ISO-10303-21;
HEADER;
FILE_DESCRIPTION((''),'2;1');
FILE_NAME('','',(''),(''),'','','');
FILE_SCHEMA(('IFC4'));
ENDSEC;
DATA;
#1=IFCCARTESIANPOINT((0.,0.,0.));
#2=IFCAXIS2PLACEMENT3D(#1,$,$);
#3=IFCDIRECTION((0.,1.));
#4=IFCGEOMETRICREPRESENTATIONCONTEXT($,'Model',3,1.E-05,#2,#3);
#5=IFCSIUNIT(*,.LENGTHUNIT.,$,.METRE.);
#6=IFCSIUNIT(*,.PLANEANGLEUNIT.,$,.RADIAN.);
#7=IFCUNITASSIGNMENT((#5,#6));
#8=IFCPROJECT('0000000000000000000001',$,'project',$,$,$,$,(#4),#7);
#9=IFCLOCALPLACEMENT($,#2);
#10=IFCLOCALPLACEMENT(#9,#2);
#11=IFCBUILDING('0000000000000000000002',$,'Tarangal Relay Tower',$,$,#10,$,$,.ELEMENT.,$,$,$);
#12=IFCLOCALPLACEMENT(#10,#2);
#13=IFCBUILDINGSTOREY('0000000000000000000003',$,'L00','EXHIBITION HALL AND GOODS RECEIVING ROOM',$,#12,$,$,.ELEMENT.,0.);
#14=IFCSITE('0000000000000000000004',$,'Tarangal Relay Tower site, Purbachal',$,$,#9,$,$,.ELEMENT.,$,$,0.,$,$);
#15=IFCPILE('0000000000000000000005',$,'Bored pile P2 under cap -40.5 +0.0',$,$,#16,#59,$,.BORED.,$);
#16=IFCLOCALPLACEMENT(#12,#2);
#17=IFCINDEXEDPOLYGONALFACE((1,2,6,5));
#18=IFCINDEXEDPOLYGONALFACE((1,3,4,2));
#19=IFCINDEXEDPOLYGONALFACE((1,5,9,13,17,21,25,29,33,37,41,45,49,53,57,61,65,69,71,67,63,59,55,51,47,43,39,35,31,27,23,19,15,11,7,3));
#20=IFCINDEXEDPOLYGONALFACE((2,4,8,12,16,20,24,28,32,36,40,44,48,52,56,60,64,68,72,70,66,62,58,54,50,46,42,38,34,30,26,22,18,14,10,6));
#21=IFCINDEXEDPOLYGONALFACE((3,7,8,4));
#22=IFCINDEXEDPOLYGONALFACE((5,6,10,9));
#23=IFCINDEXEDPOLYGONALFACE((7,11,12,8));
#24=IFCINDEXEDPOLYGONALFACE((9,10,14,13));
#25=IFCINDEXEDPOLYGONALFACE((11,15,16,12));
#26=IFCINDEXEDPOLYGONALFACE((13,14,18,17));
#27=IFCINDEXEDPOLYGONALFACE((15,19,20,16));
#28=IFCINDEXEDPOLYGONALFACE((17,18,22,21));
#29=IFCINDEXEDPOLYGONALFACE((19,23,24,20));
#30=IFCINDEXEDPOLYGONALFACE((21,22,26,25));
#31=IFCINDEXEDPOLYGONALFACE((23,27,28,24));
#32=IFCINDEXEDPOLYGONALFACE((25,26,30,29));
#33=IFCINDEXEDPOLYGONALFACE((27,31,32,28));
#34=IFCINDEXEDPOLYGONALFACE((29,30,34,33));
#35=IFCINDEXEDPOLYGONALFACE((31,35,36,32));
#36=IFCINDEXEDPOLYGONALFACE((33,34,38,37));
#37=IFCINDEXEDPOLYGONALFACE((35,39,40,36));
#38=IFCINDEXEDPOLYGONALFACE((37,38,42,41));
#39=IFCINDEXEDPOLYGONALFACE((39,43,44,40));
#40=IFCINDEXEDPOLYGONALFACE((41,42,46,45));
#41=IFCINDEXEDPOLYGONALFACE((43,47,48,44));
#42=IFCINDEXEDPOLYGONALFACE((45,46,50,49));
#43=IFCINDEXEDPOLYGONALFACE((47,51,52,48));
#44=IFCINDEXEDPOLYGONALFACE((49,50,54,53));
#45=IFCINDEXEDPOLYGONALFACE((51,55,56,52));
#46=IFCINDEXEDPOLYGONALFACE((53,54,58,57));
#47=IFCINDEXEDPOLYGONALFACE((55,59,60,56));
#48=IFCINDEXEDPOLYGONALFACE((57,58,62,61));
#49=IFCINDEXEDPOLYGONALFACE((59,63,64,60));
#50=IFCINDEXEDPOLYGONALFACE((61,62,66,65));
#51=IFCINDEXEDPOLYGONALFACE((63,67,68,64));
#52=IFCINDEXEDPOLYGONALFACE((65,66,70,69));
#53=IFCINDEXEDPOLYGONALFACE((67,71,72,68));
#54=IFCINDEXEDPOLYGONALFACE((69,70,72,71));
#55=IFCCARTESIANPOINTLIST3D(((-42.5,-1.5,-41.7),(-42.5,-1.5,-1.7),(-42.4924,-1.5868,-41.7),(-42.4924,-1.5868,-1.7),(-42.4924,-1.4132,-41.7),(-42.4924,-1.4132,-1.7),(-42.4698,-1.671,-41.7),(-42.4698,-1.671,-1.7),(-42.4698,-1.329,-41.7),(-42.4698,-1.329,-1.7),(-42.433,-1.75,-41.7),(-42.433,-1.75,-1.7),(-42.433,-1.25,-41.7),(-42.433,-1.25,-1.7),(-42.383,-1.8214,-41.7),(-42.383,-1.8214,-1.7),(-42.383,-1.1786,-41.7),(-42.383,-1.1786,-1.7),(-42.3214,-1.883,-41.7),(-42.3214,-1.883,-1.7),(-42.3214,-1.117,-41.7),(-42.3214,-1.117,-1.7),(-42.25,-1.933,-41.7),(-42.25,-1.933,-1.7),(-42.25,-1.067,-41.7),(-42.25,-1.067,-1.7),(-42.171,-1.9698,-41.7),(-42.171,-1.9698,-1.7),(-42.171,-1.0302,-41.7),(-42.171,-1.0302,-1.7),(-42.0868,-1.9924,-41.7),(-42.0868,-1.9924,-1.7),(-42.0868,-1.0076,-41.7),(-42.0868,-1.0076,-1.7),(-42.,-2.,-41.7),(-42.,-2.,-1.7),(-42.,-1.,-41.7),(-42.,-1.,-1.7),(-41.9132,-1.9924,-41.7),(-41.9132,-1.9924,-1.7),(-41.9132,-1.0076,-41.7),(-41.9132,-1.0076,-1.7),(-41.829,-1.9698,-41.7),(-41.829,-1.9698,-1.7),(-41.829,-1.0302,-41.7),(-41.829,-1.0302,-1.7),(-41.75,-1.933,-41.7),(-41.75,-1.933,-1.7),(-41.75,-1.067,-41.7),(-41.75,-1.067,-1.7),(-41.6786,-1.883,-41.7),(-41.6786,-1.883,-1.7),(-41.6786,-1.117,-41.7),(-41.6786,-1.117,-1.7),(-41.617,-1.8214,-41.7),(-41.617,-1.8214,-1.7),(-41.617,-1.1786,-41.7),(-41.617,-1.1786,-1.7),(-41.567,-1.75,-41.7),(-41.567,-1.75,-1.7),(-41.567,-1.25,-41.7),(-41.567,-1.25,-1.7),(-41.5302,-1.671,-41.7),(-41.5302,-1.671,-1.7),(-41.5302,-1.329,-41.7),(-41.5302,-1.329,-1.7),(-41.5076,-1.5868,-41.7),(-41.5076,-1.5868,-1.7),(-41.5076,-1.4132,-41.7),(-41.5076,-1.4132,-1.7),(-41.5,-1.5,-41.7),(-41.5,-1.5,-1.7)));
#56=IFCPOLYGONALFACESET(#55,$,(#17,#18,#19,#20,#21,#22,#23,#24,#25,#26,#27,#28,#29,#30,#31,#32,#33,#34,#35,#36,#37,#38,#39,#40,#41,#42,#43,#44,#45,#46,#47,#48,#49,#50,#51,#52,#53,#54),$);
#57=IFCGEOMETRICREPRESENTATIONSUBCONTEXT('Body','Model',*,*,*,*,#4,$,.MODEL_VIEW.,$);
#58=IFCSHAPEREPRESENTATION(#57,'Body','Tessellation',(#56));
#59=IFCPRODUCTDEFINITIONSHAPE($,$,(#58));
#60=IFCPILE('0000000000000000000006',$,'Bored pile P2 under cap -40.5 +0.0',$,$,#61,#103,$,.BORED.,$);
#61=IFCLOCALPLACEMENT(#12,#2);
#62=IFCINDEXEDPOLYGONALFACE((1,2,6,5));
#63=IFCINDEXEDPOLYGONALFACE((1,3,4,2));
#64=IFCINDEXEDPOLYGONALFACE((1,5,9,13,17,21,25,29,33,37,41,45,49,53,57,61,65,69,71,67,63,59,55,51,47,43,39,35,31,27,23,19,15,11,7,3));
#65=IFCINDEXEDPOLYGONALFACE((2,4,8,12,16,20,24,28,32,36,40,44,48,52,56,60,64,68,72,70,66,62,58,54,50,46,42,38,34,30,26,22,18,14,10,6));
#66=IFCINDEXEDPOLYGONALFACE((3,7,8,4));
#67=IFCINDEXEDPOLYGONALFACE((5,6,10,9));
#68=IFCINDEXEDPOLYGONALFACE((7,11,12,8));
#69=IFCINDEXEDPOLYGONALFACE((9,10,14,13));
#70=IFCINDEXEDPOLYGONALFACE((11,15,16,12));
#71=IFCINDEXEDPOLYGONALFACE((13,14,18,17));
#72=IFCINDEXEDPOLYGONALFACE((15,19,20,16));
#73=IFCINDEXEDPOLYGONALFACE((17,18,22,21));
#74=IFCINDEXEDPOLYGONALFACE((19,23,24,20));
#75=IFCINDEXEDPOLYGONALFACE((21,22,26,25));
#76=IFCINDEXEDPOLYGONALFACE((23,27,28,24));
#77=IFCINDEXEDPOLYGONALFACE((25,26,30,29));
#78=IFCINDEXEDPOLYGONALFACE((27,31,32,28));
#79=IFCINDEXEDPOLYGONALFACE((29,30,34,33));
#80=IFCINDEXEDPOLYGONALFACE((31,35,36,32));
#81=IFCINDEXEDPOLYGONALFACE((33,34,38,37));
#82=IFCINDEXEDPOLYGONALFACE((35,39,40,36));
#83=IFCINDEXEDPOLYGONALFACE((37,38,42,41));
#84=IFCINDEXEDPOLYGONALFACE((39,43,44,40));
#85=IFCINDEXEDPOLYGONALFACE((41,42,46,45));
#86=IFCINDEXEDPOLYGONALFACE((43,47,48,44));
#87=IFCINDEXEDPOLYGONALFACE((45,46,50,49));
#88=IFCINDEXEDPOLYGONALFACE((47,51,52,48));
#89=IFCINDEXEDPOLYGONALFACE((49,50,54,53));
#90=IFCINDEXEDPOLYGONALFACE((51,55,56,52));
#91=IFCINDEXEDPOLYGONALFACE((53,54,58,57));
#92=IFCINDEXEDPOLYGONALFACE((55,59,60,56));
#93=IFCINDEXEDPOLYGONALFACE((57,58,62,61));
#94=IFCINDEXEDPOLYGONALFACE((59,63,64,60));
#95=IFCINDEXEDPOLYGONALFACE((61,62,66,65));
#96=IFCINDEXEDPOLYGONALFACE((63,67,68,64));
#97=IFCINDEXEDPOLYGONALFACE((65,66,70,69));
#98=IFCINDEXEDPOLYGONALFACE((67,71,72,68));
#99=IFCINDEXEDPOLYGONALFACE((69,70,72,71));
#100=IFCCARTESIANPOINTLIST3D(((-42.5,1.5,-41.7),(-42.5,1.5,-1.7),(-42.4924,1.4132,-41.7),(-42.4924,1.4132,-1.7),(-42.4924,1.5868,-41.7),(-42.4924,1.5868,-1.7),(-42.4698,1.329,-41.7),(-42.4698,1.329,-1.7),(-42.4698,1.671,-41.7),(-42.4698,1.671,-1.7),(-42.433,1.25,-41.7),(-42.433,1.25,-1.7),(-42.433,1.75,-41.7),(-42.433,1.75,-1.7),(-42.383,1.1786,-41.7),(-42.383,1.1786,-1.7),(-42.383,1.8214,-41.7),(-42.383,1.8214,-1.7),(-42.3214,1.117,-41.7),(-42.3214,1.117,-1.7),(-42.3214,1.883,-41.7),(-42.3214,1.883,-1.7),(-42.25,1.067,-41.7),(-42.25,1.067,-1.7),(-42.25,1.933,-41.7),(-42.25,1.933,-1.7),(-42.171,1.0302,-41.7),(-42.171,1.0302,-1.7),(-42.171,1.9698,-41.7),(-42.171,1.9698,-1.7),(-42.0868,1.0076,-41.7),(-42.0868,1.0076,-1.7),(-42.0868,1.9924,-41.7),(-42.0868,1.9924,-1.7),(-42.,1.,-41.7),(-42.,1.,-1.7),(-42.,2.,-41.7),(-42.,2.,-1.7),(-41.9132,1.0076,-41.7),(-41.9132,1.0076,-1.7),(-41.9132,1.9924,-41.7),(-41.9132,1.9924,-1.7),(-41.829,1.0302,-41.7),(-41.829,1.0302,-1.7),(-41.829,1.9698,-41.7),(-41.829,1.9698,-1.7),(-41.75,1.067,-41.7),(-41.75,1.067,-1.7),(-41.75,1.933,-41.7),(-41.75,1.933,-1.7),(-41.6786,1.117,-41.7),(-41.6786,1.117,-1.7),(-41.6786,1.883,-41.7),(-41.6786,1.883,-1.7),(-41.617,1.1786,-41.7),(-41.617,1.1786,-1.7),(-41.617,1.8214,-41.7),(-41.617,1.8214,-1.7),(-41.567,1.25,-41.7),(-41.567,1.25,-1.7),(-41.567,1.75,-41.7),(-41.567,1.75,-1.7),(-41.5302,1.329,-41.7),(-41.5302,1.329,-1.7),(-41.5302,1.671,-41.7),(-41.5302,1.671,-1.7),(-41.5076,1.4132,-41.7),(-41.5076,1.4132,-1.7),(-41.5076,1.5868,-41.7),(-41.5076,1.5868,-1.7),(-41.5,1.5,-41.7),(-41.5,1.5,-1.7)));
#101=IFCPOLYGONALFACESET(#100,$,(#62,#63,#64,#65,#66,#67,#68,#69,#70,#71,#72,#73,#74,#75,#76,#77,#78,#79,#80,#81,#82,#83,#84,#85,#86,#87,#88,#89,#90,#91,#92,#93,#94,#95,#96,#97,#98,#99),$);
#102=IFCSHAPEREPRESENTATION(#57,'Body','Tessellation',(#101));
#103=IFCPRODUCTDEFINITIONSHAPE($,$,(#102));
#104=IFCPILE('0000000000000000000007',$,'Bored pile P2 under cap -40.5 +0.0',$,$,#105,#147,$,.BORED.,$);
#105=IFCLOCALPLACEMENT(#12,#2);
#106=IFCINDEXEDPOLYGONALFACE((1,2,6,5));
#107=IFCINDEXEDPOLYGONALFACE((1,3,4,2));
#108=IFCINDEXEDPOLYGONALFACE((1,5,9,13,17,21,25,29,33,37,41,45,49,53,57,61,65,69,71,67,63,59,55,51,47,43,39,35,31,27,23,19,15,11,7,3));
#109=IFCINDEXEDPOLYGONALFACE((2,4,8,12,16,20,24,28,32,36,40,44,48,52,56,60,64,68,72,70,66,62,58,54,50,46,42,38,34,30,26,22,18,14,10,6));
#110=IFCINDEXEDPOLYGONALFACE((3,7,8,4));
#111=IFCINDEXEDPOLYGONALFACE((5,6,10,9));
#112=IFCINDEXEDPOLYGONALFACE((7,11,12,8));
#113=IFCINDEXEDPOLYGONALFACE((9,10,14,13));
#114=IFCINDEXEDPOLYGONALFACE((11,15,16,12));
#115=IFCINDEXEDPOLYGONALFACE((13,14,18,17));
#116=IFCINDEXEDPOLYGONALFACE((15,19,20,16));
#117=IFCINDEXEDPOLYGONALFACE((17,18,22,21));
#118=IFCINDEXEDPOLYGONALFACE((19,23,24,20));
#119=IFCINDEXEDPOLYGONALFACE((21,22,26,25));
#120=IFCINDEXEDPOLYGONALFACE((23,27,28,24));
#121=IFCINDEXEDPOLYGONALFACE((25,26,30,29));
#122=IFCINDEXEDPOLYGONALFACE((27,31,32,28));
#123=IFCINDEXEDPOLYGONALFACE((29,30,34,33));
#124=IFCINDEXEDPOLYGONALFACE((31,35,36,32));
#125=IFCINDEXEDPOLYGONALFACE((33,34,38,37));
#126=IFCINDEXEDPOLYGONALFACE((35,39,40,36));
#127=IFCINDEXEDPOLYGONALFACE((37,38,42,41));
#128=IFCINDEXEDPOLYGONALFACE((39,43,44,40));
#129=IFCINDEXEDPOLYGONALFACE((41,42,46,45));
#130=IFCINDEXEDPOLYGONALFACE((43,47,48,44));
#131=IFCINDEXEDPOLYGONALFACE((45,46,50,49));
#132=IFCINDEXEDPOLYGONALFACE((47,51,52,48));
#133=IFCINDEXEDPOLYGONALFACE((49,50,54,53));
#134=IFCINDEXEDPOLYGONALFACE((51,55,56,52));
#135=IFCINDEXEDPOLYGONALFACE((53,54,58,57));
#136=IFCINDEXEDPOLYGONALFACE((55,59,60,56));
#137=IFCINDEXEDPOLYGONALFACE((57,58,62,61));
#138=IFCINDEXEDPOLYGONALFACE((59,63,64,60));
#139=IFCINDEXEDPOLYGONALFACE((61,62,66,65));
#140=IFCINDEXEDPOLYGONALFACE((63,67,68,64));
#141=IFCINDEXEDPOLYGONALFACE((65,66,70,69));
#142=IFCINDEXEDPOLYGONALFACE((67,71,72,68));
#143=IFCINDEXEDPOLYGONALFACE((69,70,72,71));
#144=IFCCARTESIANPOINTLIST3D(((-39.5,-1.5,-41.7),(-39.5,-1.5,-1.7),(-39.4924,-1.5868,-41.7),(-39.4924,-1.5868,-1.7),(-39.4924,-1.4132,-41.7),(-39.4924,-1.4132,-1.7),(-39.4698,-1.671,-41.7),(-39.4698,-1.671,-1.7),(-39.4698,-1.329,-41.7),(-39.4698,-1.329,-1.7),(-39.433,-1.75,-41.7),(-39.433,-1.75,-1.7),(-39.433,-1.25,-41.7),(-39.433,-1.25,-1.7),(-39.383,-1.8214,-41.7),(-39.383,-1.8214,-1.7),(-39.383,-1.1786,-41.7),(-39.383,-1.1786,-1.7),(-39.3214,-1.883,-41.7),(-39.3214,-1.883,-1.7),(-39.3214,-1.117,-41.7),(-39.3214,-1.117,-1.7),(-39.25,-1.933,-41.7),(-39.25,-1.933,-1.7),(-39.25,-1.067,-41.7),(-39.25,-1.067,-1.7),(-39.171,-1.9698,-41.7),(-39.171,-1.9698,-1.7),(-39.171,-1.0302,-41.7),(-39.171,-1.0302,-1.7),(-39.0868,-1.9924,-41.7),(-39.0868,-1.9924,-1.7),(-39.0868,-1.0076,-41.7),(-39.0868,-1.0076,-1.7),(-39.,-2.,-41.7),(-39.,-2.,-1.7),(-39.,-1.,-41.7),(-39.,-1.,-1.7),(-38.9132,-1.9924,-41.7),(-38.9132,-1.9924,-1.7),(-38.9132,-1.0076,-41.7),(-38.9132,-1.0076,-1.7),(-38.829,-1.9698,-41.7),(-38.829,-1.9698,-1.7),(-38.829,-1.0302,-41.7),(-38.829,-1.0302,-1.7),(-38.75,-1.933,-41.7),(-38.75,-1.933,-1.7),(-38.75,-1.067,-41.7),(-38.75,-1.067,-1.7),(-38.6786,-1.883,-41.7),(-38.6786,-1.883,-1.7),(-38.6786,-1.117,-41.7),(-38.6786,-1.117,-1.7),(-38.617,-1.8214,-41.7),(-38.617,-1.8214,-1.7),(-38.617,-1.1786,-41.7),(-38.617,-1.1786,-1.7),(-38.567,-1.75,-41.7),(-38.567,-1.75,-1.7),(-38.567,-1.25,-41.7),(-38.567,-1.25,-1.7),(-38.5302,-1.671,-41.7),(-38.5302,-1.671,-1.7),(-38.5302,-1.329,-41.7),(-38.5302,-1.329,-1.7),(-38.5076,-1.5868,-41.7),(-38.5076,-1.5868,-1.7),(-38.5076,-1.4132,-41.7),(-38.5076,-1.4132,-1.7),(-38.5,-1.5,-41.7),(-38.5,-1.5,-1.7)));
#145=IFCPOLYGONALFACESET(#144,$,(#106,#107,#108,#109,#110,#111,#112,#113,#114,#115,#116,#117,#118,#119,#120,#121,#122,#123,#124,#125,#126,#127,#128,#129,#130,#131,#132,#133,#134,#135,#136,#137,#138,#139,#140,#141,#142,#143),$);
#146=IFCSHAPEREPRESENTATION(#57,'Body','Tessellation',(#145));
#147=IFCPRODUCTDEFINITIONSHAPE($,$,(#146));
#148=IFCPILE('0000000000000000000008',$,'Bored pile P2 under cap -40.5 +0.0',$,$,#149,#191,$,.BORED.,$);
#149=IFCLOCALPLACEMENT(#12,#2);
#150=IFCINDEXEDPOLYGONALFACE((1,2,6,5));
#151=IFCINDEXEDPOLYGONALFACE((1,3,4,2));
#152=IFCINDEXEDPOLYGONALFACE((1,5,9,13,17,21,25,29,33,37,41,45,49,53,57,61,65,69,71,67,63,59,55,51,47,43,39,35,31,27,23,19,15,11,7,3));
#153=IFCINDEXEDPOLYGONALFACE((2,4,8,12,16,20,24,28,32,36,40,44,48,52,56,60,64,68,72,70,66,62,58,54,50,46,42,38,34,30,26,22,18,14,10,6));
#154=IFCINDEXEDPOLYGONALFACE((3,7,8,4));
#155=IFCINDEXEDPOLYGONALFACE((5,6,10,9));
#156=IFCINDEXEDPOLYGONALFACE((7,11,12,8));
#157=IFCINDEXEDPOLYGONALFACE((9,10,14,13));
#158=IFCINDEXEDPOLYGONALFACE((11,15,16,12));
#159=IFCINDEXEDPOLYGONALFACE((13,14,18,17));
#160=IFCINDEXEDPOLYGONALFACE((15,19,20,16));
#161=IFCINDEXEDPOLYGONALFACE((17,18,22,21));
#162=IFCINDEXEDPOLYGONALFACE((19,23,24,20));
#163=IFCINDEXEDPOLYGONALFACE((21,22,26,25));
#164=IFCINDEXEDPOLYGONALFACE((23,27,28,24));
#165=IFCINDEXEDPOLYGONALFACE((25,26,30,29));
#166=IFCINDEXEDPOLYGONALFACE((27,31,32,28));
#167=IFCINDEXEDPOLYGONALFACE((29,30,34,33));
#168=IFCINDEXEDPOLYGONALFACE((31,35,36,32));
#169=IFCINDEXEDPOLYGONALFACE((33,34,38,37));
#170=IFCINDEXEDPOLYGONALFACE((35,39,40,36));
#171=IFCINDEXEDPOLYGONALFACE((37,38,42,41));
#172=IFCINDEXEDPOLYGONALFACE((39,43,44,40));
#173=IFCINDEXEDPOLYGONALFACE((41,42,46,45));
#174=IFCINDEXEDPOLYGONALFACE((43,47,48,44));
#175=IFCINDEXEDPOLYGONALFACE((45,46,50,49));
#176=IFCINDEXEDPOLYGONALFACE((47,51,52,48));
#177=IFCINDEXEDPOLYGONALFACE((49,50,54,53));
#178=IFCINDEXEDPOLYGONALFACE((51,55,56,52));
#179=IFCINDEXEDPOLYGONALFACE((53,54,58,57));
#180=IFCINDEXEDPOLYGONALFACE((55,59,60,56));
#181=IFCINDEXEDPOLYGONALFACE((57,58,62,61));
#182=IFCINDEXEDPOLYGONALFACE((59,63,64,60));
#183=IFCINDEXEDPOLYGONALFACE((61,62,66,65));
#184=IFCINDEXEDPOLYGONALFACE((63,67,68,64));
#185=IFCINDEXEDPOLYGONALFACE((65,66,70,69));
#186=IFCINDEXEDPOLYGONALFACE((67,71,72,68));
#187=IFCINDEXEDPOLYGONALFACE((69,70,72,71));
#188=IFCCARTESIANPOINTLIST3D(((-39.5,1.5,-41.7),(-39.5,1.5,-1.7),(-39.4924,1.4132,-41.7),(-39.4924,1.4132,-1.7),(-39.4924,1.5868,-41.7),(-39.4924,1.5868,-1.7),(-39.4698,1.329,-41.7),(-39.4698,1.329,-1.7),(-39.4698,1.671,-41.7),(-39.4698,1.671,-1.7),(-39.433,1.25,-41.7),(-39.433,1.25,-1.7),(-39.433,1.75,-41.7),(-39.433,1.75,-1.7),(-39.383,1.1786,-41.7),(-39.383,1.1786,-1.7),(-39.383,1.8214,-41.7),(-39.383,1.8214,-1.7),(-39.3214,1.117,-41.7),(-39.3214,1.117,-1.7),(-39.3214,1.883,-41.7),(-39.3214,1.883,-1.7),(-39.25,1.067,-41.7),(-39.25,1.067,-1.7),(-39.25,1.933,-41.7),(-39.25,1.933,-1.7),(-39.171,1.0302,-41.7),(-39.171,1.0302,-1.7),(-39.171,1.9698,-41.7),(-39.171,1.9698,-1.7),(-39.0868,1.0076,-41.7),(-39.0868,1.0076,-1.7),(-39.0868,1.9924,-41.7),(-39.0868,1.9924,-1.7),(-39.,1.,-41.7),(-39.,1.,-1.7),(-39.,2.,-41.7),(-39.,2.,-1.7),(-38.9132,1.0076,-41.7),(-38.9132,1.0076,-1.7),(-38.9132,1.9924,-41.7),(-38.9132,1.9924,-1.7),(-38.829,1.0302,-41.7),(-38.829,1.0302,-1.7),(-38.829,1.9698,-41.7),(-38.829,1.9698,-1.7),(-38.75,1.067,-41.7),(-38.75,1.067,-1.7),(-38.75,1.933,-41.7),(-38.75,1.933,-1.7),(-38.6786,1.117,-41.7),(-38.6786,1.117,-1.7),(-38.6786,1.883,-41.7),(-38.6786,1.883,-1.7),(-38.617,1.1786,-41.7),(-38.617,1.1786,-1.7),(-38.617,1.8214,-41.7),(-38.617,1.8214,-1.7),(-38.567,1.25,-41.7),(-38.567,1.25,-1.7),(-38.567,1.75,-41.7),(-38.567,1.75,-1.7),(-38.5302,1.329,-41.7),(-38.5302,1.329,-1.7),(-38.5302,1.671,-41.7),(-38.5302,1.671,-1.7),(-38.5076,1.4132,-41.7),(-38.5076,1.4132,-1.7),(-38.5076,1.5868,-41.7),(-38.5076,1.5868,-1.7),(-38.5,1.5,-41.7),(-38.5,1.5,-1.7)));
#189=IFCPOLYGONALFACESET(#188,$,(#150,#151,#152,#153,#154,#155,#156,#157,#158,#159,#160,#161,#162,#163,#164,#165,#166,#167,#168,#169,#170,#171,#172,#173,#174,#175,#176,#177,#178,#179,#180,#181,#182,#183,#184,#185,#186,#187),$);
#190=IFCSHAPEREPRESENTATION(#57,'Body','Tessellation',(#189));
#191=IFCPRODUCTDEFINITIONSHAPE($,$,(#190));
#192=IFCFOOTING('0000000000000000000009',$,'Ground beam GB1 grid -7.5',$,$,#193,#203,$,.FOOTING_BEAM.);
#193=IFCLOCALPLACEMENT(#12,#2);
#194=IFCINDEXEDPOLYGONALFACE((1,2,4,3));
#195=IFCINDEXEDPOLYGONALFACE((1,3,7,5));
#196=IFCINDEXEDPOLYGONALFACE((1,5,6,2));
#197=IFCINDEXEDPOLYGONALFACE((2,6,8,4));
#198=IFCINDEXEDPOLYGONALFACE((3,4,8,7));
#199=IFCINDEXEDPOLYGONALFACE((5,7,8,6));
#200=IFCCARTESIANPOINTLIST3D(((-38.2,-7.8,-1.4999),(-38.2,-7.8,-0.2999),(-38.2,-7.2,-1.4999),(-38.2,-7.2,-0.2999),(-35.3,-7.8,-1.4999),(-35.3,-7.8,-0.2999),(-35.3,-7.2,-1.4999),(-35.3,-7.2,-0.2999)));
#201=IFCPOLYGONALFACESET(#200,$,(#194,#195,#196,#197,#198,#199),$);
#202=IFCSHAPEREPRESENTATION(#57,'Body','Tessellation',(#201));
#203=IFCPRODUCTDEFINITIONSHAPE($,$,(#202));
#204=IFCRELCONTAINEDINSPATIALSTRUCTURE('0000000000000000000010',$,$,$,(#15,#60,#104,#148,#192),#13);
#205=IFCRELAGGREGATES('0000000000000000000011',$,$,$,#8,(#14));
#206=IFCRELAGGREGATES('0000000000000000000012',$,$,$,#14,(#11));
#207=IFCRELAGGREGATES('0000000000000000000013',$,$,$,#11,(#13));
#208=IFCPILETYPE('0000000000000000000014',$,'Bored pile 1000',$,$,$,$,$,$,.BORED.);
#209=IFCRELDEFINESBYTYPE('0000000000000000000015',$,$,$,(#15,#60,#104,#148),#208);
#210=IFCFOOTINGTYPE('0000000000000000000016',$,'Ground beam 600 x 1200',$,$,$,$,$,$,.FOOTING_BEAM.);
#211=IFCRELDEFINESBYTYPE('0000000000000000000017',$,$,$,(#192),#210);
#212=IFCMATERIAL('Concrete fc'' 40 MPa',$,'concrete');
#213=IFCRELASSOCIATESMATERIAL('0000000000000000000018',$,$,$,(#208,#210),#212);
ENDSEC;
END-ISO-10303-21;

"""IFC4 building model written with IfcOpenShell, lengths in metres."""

from ifc_helpers import new_model, si_unit, direction, frame, origin, origin_2d, place, context, subcontext, project, spatial, rectangle, circle, extrude, material, material_profile, profile_set, type_object, element, save


model = new_model("IFC4")

# Units and contexts
model_context = context("Model", 3, precision=1e-05, world=origin(), true_north=direction((0.0, 1.0)))
body_context = subcontext(model_context, "Body", "Model", "MODEL_VIEW")
ifc_project = project(units=[si_unit("LENGTHUNIT", "METRE"), si_unit("PLANEANGLEUNIT", "RADIAN")], contexts=[model_context])

# Site, building, storey
site_placement = place(None, origin())
site = spatial("IfcSite", under=ifc_project, at=site_placement, Name="Tarangal Relay Tower site, Purbachal", CompositionType="ELEMENT", RefElevation=0.0)
building_placement = place(site_placement, origin())
building = spatial("IfcBuilding", under=site, at=building_placement, Name="Tarangal Relay Tower", CompositionType="ELEMENT")
storey_placement = place(building_placement, origin())
storey = spatial("IfcBuildingStorey", under=building, at=storey_placement, Name="L00", Description="EXHIBITION HALL AND GOODS RECEIVING ROOM", CompositionType="ELEMENT", Elevation=0.0)

# Piles
ifc_material_1 = material(Name="Concrete fc' 40 MPa", Category="concrete")
ifc_material_profile_1 = material_profile(ifc_material_1, circle(Radius=0.5, at=origin_2d()), Name="D1000")
ifc_profile_set_1 = profile_set([ifc_material_profile_1], Name="Concrete fc' 40 MPa")
pile_type = type_object("IfcPileType", Name="Bored pile 1000", PredefinedType="BORED", material=ifc_profile_set_1)
for number, where, z_axis, x_axis, name in (
    (1, (-42.0, -1.5, -1.7), (0.0, 0.0, -1.0), (1.0, 0.0, 0.0), "Bored pile P2 under cap -40.5 +0.0"),
    (2, (-42.0, 1.5, -1.7), (0.0, 0.0, -1.0), (1.0, 0.0, 0.0), "Bored pile P2 under cap -40.5 +0.0"),
    (3, (-39.0, -1.5, -1.7), (0.0, 0.0, -1.0), (1.0, 0.0, 0.0), "Bored pile P2 under cap -40.5 +0.0"),
    (4, (-39.0, 1.5, -1.7), (0.0, 0.0, -1.0), (1.0, 0.0, 0.0), "Bored pile P2 under cap -40.5 +0.0"),
):
    element("IfcPile", number, at=place(storey_placement, frame(where, z_axis=z_axis, x_axis=x_axis)), inside=storey, type_object=pile_type, Name=name, PredefinedType="BORED", context=body_context, shape_type="SweptSolid", body=[
        extrude(circle(Radius=0.5, at=origin_2d()), origin(), (0.0, 0.0, 1.0), 40.0),
    ])

# Footing
ifc_material_profile_2 = material_profile(ifc_material_1, rectangle(XDim=0.6001, YDim=1.2, at=origin_2d()), Name="GB 600X1200")
ifc_profile_set_2 = profile_set([ifc_material_profile_2], Name="Concrete fc' 40 MPa")
footing_type_1 = type_object("IfcFootingType", Name="Ground beam 600 x 1200", PredefinedType="FOOTING_BEAM", material=ifc_profile_set_2)
for number, where, z_axis, x_axis, name in (
    (5, (-35.3, -7.5, -0.8999), (-1.0, 0.0, 0.0), (0.0, -1.0, 0.0), "Ground beam GB1 grid -7.5"),
):
    element("IfcFooting", number, at=place(storey_placement, frame(where, z_axis=z_axis, x_axis=x_axis)), inside=storey, type_object=footing_type_1, Name=name, PredefinedType="FOOTING_BEAM", context=body_context, shape_type="SweptSolid", body=[
        extrude(rectangle(XDim=0.6001, YDim=1.2, at=origin_2d()), origin(), (0.0, 0.0, 1.0), 2.8999),
    ])

save(model, "model.ifc")
